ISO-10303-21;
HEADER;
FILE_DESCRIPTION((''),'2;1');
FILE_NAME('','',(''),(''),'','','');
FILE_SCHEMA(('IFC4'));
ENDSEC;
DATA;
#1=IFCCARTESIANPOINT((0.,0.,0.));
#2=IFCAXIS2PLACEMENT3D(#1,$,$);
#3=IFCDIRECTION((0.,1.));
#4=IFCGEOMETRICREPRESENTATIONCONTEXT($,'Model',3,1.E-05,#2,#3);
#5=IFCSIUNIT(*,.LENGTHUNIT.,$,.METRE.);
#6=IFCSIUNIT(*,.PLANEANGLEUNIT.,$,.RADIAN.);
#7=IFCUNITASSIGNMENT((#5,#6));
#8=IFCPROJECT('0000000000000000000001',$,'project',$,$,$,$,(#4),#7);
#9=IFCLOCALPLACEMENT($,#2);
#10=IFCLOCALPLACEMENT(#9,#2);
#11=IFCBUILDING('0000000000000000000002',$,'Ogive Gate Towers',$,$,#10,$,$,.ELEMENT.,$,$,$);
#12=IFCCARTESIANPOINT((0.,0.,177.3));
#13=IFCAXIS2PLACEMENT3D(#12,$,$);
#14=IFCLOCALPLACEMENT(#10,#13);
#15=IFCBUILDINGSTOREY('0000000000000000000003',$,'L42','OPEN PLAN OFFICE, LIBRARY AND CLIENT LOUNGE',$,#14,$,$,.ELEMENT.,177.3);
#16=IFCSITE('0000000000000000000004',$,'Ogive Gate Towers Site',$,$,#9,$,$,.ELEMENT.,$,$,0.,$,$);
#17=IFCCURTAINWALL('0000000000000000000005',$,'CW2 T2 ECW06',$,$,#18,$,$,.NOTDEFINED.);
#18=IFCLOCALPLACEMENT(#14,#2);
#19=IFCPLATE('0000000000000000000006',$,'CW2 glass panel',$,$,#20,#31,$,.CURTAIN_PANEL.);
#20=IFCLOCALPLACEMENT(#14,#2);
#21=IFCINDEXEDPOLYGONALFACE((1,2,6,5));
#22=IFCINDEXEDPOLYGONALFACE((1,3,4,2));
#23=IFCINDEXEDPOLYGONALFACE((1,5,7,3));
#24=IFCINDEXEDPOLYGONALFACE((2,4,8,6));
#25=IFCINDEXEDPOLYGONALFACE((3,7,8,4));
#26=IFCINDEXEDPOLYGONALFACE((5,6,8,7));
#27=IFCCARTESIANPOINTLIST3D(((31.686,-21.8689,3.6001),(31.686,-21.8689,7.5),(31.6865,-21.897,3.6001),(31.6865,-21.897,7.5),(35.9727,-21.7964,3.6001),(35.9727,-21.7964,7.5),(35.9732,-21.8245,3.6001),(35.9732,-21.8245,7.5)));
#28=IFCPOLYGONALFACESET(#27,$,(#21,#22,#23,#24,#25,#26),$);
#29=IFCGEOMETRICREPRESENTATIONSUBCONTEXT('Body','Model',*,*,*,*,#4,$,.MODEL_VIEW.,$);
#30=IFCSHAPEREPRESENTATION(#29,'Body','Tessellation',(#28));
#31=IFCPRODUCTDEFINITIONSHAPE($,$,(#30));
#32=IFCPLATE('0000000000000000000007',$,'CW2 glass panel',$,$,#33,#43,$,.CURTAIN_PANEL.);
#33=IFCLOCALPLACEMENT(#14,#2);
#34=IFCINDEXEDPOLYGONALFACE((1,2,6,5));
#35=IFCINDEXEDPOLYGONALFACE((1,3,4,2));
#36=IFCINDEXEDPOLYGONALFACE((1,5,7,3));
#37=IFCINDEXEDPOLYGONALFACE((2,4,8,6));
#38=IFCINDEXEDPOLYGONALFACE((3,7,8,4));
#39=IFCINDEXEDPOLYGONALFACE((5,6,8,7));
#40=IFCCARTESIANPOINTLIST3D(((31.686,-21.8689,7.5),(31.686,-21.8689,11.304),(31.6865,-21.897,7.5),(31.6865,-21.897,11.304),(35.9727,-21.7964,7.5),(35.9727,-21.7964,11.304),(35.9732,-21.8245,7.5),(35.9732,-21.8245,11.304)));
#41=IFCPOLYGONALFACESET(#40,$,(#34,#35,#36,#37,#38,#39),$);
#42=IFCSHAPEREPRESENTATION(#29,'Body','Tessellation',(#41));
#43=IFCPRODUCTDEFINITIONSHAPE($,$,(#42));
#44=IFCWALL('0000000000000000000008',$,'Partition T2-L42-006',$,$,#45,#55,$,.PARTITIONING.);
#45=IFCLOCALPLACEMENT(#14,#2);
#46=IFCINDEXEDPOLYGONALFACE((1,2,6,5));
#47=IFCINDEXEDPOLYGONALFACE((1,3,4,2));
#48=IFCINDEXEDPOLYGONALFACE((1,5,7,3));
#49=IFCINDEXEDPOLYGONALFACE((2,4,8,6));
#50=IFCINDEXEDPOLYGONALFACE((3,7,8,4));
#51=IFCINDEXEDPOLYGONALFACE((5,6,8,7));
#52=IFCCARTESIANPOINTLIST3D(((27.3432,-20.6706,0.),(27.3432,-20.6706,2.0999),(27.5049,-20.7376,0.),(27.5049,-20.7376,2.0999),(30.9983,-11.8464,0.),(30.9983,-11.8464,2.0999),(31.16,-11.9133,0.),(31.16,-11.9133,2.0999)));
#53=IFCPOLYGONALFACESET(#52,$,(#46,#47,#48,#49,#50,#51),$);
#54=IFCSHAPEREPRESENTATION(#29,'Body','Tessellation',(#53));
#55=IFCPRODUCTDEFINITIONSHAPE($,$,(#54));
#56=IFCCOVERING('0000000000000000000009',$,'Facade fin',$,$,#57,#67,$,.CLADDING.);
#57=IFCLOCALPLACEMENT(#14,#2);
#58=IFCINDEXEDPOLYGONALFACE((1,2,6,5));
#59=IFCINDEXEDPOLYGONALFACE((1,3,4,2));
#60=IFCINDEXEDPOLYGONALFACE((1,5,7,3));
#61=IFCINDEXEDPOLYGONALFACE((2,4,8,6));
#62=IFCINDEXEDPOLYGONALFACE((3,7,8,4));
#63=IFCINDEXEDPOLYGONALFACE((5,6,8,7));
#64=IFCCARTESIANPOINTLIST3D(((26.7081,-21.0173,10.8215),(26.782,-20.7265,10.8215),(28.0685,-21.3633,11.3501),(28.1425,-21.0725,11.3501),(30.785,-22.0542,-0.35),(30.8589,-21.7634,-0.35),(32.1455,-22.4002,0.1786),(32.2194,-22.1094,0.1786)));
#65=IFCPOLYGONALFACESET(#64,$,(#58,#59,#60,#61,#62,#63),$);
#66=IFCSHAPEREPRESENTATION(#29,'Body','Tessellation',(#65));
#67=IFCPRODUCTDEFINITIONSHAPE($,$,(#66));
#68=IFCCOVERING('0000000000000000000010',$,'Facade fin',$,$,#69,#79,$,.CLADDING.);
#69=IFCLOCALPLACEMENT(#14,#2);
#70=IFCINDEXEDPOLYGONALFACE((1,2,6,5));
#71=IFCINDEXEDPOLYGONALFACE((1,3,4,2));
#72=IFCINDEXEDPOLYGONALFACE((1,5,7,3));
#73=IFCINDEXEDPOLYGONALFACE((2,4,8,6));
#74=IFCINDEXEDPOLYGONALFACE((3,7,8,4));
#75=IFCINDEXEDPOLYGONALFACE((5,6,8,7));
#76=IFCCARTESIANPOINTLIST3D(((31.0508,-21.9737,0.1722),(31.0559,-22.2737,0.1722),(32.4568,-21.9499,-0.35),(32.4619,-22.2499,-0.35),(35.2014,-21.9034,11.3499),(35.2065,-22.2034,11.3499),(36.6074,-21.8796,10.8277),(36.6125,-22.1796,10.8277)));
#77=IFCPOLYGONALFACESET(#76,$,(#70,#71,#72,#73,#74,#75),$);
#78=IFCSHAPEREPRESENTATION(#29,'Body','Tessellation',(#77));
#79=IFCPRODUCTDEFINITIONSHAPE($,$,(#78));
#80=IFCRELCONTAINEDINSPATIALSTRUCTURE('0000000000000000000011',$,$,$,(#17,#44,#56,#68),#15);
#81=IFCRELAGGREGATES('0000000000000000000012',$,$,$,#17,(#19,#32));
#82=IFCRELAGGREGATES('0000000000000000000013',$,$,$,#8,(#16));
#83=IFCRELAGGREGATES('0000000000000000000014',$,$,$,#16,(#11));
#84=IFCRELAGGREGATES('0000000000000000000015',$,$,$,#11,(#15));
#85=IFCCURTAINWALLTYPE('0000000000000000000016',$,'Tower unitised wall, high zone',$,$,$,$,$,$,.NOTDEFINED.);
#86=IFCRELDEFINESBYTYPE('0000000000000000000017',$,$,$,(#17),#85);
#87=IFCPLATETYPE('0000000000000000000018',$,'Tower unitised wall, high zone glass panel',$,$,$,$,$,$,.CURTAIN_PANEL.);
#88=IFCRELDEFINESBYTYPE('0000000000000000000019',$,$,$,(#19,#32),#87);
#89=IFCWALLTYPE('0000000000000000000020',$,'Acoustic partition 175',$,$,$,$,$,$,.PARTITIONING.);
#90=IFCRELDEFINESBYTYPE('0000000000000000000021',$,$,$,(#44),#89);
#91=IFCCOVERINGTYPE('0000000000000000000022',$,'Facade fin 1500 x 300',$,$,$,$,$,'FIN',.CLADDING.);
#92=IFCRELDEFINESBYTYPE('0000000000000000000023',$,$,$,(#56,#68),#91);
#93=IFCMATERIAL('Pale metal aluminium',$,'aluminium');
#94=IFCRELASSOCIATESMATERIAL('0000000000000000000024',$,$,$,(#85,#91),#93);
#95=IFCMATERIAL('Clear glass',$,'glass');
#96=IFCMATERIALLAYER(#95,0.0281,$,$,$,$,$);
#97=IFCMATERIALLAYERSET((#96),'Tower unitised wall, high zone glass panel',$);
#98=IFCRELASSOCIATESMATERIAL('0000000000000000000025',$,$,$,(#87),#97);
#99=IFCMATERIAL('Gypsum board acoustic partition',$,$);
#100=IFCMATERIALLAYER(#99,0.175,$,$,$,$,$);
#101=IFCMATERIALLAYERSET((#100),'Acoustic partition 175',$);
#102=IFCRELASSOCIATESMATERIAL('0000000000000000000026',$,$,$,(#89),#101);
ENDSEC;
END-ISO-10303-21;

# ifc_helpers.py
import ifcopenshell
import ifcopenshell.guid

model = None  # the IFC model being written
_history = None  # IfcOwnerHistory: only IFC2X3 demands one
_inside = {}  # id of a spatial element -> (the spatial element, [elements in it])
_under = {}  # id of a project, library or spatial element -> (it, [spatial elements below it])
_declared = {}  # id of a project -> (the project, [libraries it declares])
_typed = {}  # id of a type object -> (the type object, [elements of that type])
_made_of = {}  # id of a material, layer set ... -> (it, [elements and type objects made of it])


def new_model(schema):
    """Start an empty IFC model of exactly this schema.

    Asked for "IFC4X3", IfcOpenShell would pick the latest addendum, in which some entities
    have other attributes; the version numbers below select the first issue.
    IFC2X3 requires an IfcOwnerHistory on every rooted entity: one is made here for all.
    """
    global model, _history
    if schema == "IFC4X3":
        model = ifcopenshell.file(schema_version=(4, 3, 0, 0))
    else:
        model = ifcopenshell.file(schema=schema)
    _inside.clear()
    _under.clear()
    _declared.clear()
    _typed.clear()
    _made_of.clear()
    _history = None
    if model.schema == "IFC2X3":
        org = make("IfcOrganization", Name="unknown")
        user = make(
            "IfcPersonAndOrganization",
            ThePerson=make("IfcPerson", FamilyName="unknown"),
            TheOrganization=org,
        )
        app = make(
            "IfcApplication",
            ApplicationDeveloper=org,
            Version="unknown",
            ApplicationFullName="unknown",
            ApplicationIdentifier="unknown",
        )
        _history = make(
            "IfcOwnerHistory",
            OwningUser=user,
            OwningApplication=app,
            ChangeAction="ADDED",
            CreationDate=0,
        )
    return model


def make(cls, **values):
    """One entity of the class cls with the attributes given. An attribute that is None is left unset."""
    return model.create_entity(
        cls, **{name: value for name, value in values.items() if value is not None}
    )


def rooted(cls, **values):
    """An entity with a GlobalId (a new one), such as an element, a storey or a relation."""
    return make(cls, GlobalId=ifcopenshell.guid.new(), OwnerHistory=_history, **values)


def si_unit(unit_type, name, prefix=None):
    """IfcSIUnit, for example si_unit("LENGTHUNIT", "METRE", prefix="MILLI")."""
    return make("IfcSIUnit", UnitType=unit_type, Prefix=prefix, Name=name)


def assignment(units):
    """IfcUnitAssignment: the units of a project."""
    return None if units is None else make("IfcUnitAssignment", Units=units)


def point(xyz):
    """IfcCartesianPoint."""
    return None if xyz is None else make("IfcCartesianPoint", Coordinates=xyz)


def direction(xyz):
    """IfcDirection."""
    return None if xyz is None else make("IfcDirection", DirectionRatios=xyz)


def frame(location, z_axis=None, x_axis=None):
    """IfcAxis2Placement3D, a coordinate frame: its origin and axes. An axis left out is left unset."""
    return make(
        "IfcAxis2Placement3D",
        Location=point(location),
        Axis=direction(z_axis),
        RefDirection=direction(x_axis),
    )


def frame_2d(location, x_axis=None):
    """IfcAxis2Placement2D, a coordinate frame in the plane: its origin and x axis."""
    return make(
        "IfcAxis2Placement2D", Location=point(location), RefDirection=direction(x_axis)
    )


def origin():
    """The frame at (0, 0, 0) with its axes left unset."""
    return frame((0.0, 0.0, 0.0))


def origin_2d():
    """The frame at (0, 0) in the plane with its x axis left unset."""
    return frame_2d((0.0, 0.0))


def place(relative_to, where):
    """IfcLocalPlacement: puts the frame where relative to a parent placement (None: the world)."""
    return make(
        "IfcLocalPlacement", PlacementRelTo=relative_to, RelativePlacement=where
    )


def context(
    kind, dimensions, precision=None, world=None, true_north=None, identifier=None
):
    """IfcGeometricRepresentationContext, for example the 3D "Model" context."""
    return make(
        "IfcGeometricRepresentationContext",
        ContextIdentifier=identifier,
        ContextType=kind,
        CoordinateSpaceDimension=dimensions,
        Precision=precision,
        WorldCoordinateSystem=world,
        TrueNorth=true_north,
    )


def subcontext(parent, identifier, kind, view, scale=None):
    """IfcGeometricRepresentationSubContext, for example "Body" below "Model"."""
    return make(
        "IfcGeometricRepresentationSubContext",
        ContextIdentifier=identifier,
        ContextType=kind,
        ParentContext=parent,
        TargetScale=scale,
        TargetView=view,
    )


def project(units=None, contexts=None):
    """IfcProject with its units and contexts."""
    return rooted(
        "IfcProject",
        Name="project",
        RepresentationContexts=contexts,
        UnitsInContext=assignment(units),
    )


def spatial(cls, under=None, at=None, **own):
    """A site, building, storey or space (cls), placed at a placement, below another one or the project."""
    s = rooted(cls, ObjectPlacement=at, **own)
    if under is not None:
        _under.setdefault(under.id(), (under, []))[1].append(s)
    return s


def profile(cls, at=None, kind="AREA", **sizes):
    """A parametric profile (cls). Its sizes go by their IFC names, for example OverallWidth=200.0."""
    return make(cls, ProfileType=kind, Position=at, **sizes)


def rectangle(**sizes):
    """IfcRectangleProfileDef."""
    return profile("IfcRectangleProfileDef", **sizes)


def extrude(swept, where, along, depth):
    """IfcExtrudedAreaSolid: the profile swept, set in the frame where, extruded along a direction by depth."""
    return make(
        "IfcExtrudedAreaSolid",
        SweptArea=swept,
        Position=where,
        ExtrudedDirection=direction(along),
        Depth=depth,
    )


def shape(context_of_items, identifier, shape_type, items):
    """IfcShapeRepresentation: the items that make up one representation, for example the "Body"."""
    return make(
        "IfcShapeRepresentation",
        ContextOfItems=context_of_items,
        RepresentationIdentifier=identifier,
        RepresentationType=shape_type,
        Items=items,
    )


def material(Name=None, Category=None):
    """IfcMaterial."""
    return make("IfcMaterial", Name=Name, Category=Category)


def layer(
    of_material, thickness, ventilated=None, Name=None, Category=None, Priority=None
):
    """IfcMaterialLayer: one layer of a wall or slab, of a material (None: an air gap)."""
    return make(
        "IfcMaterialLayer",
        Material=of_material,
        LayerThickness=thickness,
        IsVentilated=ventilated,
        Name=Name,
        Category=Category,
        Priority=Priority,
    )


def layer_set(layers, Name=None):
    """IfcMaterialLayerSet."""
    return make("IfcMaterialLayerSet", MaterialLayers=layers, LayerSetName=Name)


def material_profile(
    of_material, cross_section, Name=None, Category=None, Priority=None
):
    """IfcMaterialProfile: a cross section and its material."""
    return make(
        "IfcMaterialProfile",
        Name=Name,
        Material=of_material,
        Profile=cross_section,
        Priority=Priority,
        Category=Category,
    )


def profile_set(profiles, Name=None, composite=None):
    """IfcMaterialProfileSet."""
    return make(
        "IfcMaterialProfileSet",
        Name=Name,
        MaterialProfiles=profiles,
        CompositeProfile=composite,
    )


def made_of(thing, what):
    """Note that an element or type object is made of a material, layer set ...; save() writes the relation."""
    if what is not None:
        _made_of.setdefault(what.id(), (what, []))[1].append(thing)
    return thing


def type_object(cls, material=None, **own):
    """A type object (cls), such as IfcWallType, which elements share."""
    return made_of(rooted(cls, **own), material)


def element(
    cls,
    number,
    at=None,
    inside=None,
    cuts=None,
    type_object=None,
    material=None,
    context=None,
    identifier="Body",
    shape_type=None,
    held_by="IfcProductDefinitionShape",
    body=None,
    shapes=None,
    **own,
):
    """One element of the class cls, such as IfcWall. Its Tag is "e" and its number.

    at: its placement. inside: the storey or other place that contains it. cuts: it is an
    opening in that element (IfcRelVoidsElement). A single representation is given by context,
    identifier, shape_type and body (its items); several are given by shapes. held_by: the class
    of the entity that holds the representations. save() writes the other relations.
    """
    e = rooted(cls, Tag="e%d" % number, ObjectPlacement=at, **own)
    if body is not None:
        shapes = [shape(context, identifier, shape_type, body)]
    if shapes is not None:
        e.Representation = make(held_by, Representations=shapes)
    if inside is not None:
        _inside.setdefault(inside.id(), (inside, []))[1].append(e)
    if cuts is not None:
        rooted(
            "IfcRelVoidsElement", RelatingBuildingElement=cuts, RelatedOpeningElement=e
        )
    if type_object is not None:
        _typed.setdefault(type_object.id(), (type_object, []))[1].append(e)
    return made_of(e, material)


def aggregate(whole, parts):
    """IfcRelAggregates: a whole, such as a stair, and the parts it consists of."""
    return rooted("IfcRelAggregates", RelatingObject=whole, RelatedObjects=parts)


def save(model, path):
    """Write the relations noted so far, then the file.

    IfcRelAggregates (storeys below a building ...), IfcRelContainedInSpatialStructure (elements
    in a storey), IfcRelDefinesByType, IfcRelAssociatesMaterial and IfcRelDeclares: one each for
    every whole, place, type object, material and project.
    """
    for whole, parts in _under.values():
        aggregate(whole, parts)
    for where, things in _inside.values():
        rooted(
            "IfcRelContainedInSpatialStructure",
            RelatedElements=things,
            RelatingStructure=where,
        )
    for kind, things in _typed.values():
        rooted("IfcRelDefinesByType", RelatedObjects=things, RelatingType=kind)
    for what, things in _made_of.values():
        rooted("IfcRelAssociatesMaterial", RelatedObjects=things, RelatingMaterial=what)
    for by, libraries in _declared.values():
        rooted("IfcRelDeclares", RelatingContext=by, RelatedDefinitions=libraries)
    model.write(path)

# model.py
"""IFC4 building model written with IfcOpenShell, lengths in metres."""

from ifc_helpers import new_model, si_unit, direction, frame, frame_2d, origin, origin_2d, place, context, subcontext, project, spatial, rectangle, extrude, material, layer, layer_set, material_profile, profile_set, type_object, element, aggregate, save


model = new_model("IFC4")

# Units and contexts
model_context = context("Model", 3, precision=1e-05, world=origin(), true_north=direction((0.0, 1.0)))
body_context = subcontext(model_context, "Body", "Model", "MODEL_VIEW")
ifc_project = project(units=[si_unit("LENGTHUNIT", "METRE"), si_unit("PLANEANGLEUNIT", "RADIAN")], contexts=[model_context])

# Site, building, storey
site_placement = place(None, origin())
site = spatial("IfcSite", under=ifc_project, at=site_placement, Name="Ogive Gate Towers Site", CompositionType="ELEMENT", RefElevation=0.0)
building_placement = place(site_placement, origin())
building = spatial("IfcBuilding", under=site, at=building_placement, Name="Ogive Gate Towers", CompositionType="ELEMENT")
storey_placement = place(building_placement, frame((0.0, 0.0, 177.3)))
storey = spatial("IfcBuildingStorey", under=building, at=storey_placement, Name="L42", Description="OPEN PLAN OFFICE, LIBRARY AND CLIENT LOUNGE", CompositionType="ELEMENT", Elevation=177.3)

# Curtain wall, plates
ifc_material_1 = material(Name="Pale metal aluminium", Category="aluminium")
curtain_wall_type = type_object("IfcCurtainWallType", Name="Tower unitised wall, high zone", PredefinedType="NOTDEFINED", material=ifc_material_1)
curtain_wall_placement = place(storey_placement, origin())
curtain_wall = element("IfcCurtainWall", 1, at=curtain_wall_placement, inside=storey, type_object=curtain_wall_type, Name="CW2 T2 ECW06", PredefinedType="NOTDEFINED")
ifc_material_2 = material(Name="Clear glass", Category="glass")
ifc_layer_1 = layer(ifc_material_2, 0.0281)
ifc_layer_set_1 = layer_set([ifc_layer_1], Name="Tower unitised wall, high zone glass panel")
plate_type = type_object("IfcPlateType", Name="Tower unitised wall, high zone glass panel", PredefinedType="CURTAIN_PANEL", material=ifc_layer_set_1)
plate_1_placement = place(storey_placement, frame((33.8296, -21.8467, 3.6001), z_axis=(0.0, 0.0, 1.0), x_axis=(0.999857, 0.016911, 0.0)))
plate_1 = element("IfcPlate", 2, at=plate_1_placement, type_object=plate_type, Name="CW2 glass panel", PredefinedType="CURTAIN_PANEL", context=body_context, shape_type="SweptSolid", body=[
    extrude(rectangle(XDim=4.2874, YDim=0.0281, at=origin_2d()), origin(), (0.0, 0.0, 1.0), 3.8999),
])
plate_2_placement = place(storey_placement, frame((33.8296, -21.8467, 7.5), z_axis=(0.0, 0.0, 1.0), x_axis=(0.999857, 0.016911, 0.0)))
plate_2 = element("IfcPlate", 3, at=plate_2_placement, type_object=plate_type, Name="CW2 glass panel", PredefinedType="CURTAIN_PANEL", context=body_context, shape_type="SweptSolid", body=[
    extrude(rectangle(XDim=4.2874, YDim=0.0281, at=origin_2d()), origin(), (0.0, 0.0, 1.0), 3.804),
])
aggregate(curtain_wall, [plate_1, plate_2])

# Wall
ifc_material_3 = material(Name="Gypsum board acoustic partition")
ifc_layer_2 = layer(ifc_material_3, 0.175)
ifc_layer_set_2 = layer_set([ifc_layer_2], Name="Acoustic partition 175")
wall_type = type_object("IfcWallType", Name="Acoustic partition 175", PredefinedType="PARTITIONING", material=ifc_layer_set_2)
wall_placement = place(storey_placement, frame((27.4241, -20.7041, 0.0), z_axis=(0.0, 0.0, 1.0), x_axis=(0.382676, 0.923883, 0.0)))
element("IfcWall", 4, at=wall_placement, inside=storey, type_object=wall_type, Name="Partition T2-L42-006", PredefinedType="PARTITIONING", context=body_context, shape_type="SweptSolid", body=[
    extrude(rectangle(XDim=9.5513, YDim=0.175, at=frame_2d((4.7756, 0.0))), origin(), (0.0, 0.0, 1.0), 2.0999),
])

# Coverings
ifc_material_profile_1 = material_profile(ifc_material_1, rectangle(XDim=0.3, YDim=1.5, at=origin_2d()), Name="1500 x 300 pale metal aluminium")
ifc_profile_set_1 = profile_set([ifc_material_profile_1], Name="Pale metal aluminium")
covering_type = type_object("IfcCoveringType", Name="Facade fin 1500 x 300", ElementType="FIN", PredefinedType="CLADDING", material=ifc_profile_set_1)
covering_1_placement = place(storey_placement, frame((31.5022, -22.0818, -0.0857), z_axis=(-0.34153, 0.08686, 0.935849), x_axis=(-0.24648, -0.969148, 0.0)))
element("IfcCovering", 5, at=covering_1_placement, inside=storey, type_object=covering_type, Name="Facade fin", PredefinedType="CLADDING", context=body_context, shape_type="SweptSolid", body=[
    extrude(rectangle(XDim=0.3, YDim=1.5, at=origin_2d()), origin(), (0.0, 0.0, 1.0), 11.9373),
])
covering_2_placement = place(storey_placement, frame((31.7563, -22.1118, -0.0889), z_axis=(0.3481, 0.005897, 0.937439), x_axis=(-0.016938, 0.999857, 0.0)))
element("IfcCovering", 6, at=covering_2_placement, inside=storey, type_object=covering_type, Name="Facade fin", PredefinedType="CLADDING", context=body_context, shape_type="SweptSolid", body=[
    extrude(rectangle(XDim=0.3, YDim=1.5, at=origin_2d()), origin(), (0.0, 0.0, 1.0), 11.9236),
])

save(model, "model.ifc")
